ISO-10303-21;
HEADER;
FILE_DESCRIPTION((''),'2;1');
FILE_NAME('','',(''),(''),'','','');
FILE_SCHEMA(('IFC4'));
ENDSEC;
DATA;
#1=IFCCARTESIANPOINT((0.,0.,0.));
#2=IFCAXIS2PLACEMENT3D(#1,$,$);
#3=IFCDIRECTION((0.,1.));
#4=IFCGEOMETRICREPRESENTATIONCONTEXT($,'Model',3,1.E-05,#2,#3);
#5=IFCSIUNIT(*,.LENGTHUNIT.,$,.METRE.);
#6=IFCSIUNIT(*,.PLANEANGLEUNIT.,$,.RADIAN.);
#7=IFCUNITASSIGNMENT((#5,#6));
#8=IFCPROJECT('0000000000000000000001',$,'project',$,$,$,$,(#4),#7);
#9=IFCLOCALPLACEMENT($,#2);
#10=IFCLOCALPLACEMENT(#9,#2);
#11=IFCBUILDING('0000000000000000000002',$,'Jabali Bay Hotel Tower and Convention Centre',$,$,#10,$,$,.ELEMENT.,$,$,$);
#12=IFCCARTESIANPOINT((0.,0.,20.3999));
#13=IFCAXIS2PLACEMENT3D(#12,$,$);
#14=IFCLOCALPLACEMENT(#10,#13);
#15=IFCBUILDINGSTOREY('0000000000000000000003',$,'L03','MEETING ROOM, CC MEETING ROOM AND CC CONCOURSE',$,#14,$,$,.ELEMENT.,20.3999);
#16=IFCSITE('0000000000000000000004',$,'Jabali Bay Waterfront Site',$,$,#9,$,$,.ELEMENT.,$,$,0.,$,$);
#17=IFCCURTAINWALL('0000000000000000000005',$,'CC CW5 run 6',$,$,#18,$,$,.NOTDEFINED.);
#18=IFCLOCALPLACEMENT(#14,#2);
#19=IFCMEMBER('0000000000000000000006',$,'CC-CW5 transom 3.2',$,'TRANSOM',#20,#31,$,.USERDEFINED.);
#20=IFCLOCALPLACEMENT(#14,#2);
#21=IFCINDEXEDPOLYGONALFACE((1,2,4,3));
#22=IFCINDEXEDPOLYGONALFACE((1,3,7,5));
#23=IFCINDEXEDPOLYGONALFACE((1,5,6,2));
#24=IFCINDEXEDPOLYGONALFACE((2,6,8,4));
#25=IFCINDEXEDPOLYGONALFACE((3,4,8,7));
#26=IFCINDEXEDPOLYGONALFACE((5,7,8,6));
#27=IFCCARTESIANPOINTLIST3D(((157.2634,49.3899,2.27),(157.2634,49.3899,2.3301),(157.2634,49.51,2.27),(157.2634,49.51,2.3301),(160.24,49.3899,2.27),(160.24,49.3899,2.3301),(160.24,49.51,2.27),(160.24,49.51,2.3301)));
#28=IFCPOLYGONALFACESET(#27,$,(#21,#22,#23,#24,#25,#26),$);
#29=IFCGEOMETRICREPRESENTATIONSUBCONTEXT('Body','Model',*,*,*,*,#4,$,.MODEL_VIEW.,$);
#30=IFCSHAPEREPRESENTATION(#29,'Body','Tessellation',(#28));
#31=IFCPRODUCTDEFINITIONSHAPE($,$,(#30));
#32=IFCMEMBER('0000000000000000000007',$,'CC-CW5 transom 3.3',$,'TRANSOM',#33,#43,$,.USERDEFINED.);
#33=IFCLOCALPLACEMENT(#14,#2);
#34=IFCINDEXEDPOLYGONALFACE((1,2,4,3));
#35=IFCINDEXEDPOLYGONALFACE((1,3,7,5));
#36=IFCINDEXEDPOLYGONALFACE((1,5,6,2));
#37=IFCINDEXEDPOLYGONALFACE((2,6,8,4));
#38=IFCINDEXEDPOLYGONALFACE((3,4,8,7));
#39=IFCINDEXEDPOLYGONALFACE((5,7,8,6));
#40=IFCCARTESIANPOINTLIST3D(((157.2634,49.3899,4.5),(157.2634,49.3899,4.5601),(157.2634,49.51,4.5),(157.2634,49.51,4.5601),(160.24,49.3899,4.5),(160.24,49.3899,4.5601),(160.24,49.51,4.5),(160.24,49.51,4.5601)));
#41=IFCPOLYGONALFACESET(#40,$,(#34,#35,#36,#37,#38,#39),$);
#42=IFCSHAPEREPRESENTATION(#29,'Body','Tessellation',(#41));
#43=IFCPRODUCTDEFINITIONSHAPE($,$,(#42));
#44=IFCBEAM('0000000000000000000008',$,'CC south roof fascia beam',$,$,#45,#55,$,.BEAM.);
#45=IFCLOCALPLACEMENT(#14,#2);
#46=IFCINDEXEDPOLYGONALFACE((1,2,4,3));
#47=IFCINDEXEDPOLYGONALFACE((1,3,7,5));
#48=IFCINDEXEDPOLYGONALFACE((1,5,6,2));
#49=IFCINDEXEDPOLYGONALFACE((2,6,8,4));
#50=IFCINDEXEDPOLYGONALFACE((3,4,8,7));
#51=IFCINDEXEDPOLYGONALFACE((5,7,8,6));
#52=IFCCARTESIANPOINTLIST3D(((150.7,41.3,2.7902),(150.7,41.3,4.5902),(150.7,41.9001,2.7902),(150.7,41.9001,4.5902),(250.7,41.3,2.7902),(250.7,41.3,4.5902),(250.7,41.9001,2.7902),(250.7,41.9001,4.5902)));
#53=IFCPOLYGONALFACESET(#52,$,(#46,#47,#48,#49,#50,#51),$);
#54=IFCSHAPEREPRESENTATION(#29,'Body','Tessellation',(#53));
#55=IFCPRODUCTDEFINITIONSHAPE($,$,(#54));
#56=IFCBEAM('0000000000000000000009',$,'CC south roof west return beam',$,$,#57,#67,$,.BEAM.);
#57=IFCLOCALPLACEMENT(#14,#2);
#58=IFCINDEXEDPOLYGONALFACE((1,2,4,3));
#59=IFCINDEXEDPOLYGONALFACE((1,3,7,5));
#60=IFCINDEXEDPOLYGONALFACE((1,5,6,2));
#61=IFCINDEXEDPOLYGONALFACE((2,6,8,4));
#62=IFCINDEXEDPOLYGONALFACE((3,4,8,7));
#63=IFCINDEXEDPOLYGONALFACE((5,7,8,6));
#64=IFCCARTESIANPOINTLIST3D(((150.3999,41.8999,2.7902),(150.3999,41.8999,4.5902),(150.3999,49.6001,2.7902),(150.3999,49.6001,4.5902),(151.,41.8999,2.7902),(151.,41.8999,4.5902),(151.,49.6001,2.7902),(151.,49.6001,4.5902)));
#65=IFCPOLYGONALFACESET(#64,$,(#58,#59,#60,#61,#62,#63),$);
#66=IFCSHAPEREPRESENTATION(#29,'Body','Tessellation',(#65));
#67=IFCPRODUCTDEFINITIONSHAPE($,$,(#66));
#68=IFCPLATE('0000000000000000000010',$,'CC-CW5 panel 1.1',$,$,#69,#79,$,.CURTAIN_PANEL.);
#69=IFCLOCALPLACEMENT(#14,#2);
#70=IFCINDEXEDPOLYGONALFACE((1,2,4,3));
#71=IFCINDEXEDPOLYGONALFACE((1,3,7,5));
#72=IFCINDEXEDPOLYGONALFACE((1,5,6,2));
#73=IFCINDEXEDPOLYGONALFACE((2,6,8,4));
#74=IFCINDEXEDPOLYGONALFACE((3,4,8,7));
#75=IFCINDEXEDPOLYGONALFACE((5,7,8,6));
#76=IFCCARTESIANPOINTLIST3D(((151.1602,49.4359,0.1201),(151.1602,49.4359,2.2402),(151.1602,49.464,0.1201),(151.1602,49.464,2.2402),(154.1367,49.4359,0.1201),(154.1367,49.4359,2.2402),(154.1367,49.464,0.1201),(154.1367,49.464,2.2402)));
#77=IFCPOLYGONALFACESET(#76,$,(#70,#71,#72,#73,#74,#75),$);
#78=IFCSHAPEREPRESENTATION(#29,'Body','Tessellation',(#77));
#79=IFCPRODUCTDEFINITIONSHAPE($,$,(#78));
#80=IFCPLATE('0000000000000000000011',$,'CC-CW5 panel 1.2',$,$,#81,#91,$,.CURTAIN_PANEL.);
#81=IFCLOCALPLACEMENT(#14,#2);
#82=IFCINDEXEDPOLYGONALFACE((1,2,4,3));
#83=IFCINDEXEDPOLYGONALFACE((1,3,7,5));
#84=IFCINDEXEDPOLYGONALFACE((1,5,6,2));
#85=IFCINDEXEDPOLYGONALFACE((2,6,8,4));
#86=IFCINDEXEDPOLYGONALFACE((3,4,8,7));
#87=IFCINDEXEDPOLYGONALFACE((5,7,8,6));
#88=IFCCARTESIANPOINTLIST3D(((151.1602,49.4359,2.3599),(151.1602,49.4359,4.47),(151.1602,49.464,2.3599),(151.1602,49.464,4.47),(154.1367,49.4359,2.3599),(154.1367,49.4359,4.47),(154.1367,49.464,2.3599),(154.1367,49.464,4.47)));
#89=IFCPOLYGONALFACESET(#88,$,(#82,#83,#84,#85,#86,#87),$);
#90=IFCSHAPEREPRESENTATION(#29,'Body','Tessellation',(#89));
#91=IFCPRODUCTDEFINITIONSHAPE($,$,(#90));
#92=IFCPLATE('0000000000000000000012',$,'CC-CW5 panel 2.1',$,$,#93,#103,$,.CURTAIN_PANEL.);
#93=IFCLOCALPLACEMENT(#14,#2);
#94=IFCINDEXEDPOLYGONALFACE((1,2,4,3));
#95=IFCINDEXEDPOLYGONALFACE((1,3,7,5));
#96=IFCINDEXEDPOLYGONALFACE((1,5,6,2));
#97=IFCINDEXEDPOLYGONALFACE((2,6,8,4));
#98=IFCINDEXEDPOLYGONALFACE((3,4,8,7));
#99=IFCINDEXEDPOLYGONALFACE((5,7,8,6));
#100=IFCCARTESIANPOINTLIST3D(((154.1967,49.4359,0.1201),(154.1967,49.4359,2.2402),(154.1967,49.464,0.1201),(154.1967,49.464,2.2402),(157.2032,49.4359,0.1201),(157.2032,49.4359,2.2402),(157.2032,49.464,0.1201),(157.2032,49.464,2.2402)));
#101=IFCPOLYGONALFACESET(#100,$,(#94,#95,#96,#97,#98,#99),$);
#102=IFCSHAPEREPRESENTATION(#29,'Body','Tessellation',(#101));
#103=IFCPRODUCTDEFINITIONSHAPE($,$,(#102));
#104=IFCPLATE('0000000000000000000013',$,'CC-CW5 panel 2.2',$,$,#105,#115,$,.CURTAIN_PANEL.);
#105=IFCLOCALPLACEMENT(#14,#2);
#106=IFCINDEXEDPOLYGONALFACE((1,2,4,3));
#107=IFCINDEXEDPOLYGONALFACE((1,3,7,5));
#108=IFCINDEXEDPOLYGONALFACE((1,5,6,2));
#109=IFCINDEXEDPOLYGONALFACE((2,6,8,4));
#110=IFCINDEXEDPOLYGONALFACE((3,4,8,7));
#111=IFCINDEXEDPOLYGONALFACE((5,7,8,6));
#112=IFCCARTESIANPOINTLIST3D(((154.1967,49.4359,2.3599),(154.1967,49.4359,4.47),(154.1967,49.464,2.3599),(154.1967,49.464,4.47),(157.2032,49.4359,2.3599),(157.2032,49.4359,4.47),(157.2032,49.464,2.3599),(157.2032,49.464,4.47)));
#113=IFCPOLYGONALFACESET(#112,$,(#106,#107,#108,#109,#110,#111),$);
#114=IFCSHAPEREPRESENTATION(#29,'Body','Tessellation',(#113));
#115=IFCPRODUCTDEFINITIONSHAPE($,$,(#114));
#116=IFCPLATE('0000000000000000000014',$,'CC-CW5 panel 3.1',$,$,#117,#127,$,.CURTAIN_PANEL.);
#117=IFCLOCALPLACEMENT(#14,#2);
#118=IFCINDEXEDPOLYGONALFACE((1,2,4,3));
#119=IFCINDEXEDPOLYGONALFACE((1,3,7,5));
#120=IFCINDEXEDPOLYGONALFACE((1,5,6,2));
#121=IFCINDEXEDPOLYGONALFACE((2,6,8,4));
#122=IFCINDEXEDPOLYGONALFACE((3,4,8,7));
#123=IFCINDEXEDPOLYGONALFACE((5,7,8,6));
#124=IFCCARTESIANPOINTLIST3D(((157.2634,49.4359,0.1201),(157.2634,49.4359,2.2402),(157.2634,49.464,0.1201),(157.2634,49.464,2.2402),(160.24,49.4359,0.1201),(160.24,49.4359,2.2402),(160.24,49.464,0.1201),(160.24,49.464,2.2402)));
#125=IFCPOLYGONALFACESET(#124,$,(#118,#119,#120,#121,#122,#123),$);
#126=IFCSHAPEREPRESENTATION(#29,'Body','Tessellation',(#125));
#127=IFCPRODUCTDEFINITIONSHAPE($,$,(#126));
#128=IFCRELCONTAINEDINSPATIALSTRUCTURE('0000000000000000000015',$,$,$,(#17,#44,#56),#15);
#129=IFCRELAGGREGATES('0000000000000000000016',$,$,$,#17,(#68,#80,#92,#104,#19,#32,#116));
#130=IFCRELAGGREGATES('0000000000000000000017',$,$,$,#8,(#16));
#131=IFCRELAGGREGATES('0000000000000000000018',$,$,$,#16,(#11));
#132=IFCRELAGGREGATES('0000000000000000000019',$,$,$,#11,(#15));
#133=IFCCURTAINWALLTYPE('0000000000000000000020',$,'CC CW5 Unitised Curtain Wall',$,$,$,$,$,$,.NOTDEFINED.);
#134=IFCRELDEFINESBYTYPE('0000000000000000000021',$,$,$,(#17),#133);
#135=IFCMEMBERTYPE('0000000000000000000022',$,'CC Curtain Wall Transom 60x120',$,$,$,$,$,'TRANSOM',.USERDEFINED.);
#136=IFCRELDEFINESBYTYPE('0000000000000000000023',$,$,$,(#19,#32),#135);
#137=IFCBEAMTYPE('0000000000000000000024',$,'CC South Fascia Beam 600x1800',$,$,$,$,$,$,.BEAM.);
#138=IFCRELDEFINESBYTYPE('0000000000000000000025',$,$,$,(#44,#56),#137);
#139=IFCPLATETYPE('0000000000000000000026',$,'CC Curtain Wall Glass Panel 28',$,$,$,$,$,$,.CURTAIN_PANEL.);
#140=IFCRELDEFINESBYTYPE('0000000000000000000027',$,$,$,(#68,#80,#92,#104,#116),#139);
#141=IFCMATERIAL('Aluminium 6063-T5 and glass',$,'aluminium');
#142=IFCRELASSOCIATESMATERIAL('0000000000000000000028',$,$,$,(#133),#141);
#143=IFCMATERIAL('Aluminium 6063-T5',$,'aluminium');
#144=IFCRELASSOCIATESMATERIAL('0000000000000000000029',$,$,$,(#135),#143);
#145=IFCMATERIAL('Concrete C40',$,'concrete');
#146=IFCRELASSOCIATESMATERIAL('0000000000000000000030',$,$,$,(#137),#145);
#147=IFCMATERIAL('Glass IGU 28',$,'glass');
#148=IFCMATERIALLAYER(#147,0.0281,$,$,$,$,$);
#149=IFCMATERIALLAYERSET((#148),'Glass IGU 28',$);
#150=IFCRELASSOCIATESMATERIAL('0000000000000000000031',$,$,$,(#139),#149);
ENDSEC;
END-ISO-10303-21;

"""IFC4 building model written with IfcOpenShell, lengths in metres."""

from ifc_helpers import new_model, si_unit, direction, frame, origin, origin_2d, place, context, subcontext, project, spatial, rectangle, extrude, material, layer, layer_set, material_profile, profile_set, type_object, element, aggregate, save


model = new_model("IFC4")

# Units and contexts
model_context = context("Model", 3, precision=1e-05, world=origin(), true_north=direction((0.0, 1.0)))
body_context = subcontext(model_context, "Body", "Model", "MODEL_VIEW")
ifc_project = project(units=[si_unit("LENGTHUNIT", "METRE"), si_unit("PLANEANGLEUNIT", "RADIAN")], contexts=[model_context])

# Site, building, storey
site_placement = place(None, origin())
site = spatial("IfcSite", under=ifc_project, at=site_placement, Name="Jabali Bay Waterfront Site", CompositionType="ELEMENT", RefElevation=0.0)
building_placement = place(site_placement, origin())
building = spatial("IfcBuilding", under=site, at=building_placement, Name="Jabali Bay Hotel Tower and Convention Centre", CompositionType="ELEMENT")
storey_placement = place(building_placement, frame((0.0, 0.0, 20.3999)))
storey = spatial("IfcBuildingStorey", under=building, at=storey_placement, Name="L03", Description="MEETING ROOM, CC MEETING ROOM AND CC CONCOURSE", CompositionType="ELEMENT", Elevation=20.3999)

# Curtain wall, members
ifc_material_1 = material(Name="Aluminium 6063-T5 and glass", Category="aluminium")
curtain_wall_type = type_object("IfcCurtainWallType", Name="CC CW5 Unitised Curtain Wall", PredefinedType="NOTDEFINED", material=ifc_material_1)
curtain_wall_placement = place(storey_placement, origin())
curtain_wall = element("IfcCurtainWall", 1, at=curtain_wall_placement, inside=storey, type_object=curtain_wall_type, Name="CC CW5 run 6", PredefinedType="NOTDEFINED")
ifc_material_2 = material(Name="Aluminium 6063-T5", Category="aluminium")
ifc_material_profile_1 = material_profile(ifc_material_2, rectangle(XDim=0.1201, YDim=0.0601, at=origin_2d()), Name="AL 120x60")
ifc_profile_set_1 = profile_set([ifc_material_profile_1], Name="Aluminium 6063-T5")
member_type_1 = type_object("IfcMemberType", Name="CC Curtain Wall Transom 60x120", ElementType="TRANSOM", PredefinedType="USERDEFINED", material=ifc_profile_set_1)
member_1_placement = place(storey_placement, frame((157.2634, 49.45, 2.3), z_axis=(1.0, 0.0, 0.0), x_axis=(0.0, 1.0, 0.0)))
member_1 = element("IfcMember", 2, at=member_1_placement, type_object=member_type_1, Name="CC-CW5 transom 3.2", ObjectType="TRANSOM", PredefinedType="USERDEFINED", context=body_context, shape_type="SweptSolid", body=[
    extrude(rectangle(XDim=0.1201, YDim=0.0601, at=origin_2d()), origin(), (0.0, 0.0, 1.0), 2.9766),
])
member_2_placement = place(storey_placement, frame((157.2634, 49.45, 4.53), z_axis=(1.0, 0.0, 0.0), x_axis=(0.0, 1.0, 0.0)))
member_2 = element("IfcMember", 3, at=member_2_placement, type_object=member_type_1, Name="CC-CW5 transom 3.3", ObjectType="TRANSOM", PredefinedType="USERDEFINED", context=body_context, shape_type="SweptSolid", body=[
    extrude(rectangle(XDim=0.1201, YDim=0.0601, at=origin_2d()), origin(), (0.0, 0.0, 1.0), 2.9766),
])

# Beams
ifc_material_3 = material(Name="Concrete C40", Category="concrete")
ifc_material_profile_2 = material_profile(ifc_material_3, rectangle(XDim=0.6001, YDim=1.8, at=origin_2d()), Name="RC 600x1800")
ifc_profile_set_2 = profile_set([ifc_material_profile_2], Name="Concrete C40")
beam_type = type_object("IfcBeamType", Name="CC South Fascia Beam 600x1800", PredefinedType="BEAM", material=ifc_profile_set_2)
beam_1_placement = place(storey_placement, frame((150.7, 41.6001, 3.6902), z_axis=(1.0, 0.0, 0.0), x_axis=(0.0, 1.0, 0.0)))
element("IfcBeam", 4, at=beam_1_placement, inside=storey, type_object=beam_type, Name="CC south roof fascia beam", PredefinedType="BEAM", context=body_context, shape_type="SweptSolid", body=[
    extrude(rectangle(XDim=0.6001, YDim=1.8, at=origin_2d()), origin(), (0.0, 0.0, 1.0), 100.0),
])
beam_2_placement = place(storey_placement, frame((150.7, 41.8999, 3.6902), z_axis=(0.0, 1.0, 0.0), x_axis=(-1.0, 0.0, 0.0)))
element("IfcBeam", 5, at=beam_2_placement, inside=storey, type_object=beam_type, Name="CC south roof west return beam", PredefinedType="BEAM", context=body_context, shape_type="SweptSolid", body=[
    extrude(rectangle(XDim=0.6001, YDim=1.8, at=origin_2d()), origin(), (0.0, 0.0, 1.0), 7.7002),
])

# Plates
ifc_material_4 = material(Name="Glass IGU 28", Category="glass")
ifc_layer_1 = layer(ifc_material_4, 0.0281)
ifc_layer_set_1 = layer_set([ifc_layer_1], Name="Glass IGU 28")
plate_type = type_object("IfcPlateType", Name="CC Curtain Wall Glass Panel 28", PredefinedType="CURTAIN_PANEL", material=ifc_layer_set_1)
plate_1_placement = place(storey_placement, frame((152.6484, 49.45, 0.1201), z_axis=(0.0, 0.0, 1.0), x_axis=(1.0, 0.0, 0.0)))
plate_1 = element("IfcPlate", 6, at=plate_1_placement, type_object=plate_type, Name="CC-CW5 panel 1.1", PredefinedType="CURTAIN_PANEL", context=body_context, shape_type="SweptSolid", body=[
    extrude(rectangle(XDim=2.9766, YDim=0.0281, at=origin_2d()), origin(), (0.0, 0.0, 1.0), 2.1201),
])
plate_2_placement = place(storey_placement, frame((152.6484, 49.45, 2.3599), z_axis=(0.0, 0.0, 1.0), x_axis=(1.0, 0.0, 0.0)))
plate_2 = element("IfcPlate", 7, at=plate_2_placement, type_object=plate_type, Name="CC-CW5 panel 1.2", PredefinedType="CURTAIN_PANEL", context=body_context, shape_type="SweptSolid", body=[
    extrude(rectangle(XDim=2.9766, YDim=0.0281, at=origin_2d()), origin(), (0.0, 0.0, 1.0), 2.1101),
])
plate_3_placement = place(storey_placement, frame((155.7, 49.45, 0.1201), z_axis=(0.0, 0.0, 1.0), x_axis=(1.0, 0.0, 0.0)))
plate_3 = element("IfcPlate", 8, at=plate_3_placement, type_object=plate_type, Name="CC-CW5 panel 2.1", PredefinedType="CURTAIN_PANEL", context=body_context, shape_type="SweptSolid", body=[
    extrude(rectangle(XDim=3.0066, YDim=0.0281, at=origin_2d()), origin(), (0.0, 0.0, 1.0), 2.1201),
])
plate_4_placement = place(storey_placement, frame((155.7, 49.45, 2.3599), z_axis=(0.0, 0.0, 1.0), x_axis=(1.0, 0.0, 0.0)))
plate_4 = element("IfcPlate", 9, at=plate_4_placement, type_object=plate_type, Name="CC-CW5 panel 2.2", PredefinedType="CURTAIN_PANEL", context=body_context, shape_type="SweptSolid", body=[
    extrude(rectangle(XDim=3.0066, YDim=0.0281, at=origin_2d()), origin(), (0.0, 0.0, 1.0), 2.1101),
])
plate_5_placement = place(storey_placement, frame((158.7517, 49.45, 0.1201), z_axis=(0.0, 0.0, 1.0), x_axis=(1.0, 0.0, 0.0)))
plate_5 = element("IfcPlate", 10, at=plate_5_placement, type_object=plate_type, Name="CC-CW5 panel 3.1", PredefinedType="CURTAIN_PANEL", context=body_context, shape_type="SweptSolid", body=[
    extrude(rectangle(XDim=2.9766, YDim=0.0281, at=origin_2d()), origin(), (0.0, 0.0, 1.0), 2.1201),
])
aggregate(curtain_wall, [plate_1, plate_2, plate_3, plate_4, member_1, member_2, plate_5])

save(model, "model.ifc")
